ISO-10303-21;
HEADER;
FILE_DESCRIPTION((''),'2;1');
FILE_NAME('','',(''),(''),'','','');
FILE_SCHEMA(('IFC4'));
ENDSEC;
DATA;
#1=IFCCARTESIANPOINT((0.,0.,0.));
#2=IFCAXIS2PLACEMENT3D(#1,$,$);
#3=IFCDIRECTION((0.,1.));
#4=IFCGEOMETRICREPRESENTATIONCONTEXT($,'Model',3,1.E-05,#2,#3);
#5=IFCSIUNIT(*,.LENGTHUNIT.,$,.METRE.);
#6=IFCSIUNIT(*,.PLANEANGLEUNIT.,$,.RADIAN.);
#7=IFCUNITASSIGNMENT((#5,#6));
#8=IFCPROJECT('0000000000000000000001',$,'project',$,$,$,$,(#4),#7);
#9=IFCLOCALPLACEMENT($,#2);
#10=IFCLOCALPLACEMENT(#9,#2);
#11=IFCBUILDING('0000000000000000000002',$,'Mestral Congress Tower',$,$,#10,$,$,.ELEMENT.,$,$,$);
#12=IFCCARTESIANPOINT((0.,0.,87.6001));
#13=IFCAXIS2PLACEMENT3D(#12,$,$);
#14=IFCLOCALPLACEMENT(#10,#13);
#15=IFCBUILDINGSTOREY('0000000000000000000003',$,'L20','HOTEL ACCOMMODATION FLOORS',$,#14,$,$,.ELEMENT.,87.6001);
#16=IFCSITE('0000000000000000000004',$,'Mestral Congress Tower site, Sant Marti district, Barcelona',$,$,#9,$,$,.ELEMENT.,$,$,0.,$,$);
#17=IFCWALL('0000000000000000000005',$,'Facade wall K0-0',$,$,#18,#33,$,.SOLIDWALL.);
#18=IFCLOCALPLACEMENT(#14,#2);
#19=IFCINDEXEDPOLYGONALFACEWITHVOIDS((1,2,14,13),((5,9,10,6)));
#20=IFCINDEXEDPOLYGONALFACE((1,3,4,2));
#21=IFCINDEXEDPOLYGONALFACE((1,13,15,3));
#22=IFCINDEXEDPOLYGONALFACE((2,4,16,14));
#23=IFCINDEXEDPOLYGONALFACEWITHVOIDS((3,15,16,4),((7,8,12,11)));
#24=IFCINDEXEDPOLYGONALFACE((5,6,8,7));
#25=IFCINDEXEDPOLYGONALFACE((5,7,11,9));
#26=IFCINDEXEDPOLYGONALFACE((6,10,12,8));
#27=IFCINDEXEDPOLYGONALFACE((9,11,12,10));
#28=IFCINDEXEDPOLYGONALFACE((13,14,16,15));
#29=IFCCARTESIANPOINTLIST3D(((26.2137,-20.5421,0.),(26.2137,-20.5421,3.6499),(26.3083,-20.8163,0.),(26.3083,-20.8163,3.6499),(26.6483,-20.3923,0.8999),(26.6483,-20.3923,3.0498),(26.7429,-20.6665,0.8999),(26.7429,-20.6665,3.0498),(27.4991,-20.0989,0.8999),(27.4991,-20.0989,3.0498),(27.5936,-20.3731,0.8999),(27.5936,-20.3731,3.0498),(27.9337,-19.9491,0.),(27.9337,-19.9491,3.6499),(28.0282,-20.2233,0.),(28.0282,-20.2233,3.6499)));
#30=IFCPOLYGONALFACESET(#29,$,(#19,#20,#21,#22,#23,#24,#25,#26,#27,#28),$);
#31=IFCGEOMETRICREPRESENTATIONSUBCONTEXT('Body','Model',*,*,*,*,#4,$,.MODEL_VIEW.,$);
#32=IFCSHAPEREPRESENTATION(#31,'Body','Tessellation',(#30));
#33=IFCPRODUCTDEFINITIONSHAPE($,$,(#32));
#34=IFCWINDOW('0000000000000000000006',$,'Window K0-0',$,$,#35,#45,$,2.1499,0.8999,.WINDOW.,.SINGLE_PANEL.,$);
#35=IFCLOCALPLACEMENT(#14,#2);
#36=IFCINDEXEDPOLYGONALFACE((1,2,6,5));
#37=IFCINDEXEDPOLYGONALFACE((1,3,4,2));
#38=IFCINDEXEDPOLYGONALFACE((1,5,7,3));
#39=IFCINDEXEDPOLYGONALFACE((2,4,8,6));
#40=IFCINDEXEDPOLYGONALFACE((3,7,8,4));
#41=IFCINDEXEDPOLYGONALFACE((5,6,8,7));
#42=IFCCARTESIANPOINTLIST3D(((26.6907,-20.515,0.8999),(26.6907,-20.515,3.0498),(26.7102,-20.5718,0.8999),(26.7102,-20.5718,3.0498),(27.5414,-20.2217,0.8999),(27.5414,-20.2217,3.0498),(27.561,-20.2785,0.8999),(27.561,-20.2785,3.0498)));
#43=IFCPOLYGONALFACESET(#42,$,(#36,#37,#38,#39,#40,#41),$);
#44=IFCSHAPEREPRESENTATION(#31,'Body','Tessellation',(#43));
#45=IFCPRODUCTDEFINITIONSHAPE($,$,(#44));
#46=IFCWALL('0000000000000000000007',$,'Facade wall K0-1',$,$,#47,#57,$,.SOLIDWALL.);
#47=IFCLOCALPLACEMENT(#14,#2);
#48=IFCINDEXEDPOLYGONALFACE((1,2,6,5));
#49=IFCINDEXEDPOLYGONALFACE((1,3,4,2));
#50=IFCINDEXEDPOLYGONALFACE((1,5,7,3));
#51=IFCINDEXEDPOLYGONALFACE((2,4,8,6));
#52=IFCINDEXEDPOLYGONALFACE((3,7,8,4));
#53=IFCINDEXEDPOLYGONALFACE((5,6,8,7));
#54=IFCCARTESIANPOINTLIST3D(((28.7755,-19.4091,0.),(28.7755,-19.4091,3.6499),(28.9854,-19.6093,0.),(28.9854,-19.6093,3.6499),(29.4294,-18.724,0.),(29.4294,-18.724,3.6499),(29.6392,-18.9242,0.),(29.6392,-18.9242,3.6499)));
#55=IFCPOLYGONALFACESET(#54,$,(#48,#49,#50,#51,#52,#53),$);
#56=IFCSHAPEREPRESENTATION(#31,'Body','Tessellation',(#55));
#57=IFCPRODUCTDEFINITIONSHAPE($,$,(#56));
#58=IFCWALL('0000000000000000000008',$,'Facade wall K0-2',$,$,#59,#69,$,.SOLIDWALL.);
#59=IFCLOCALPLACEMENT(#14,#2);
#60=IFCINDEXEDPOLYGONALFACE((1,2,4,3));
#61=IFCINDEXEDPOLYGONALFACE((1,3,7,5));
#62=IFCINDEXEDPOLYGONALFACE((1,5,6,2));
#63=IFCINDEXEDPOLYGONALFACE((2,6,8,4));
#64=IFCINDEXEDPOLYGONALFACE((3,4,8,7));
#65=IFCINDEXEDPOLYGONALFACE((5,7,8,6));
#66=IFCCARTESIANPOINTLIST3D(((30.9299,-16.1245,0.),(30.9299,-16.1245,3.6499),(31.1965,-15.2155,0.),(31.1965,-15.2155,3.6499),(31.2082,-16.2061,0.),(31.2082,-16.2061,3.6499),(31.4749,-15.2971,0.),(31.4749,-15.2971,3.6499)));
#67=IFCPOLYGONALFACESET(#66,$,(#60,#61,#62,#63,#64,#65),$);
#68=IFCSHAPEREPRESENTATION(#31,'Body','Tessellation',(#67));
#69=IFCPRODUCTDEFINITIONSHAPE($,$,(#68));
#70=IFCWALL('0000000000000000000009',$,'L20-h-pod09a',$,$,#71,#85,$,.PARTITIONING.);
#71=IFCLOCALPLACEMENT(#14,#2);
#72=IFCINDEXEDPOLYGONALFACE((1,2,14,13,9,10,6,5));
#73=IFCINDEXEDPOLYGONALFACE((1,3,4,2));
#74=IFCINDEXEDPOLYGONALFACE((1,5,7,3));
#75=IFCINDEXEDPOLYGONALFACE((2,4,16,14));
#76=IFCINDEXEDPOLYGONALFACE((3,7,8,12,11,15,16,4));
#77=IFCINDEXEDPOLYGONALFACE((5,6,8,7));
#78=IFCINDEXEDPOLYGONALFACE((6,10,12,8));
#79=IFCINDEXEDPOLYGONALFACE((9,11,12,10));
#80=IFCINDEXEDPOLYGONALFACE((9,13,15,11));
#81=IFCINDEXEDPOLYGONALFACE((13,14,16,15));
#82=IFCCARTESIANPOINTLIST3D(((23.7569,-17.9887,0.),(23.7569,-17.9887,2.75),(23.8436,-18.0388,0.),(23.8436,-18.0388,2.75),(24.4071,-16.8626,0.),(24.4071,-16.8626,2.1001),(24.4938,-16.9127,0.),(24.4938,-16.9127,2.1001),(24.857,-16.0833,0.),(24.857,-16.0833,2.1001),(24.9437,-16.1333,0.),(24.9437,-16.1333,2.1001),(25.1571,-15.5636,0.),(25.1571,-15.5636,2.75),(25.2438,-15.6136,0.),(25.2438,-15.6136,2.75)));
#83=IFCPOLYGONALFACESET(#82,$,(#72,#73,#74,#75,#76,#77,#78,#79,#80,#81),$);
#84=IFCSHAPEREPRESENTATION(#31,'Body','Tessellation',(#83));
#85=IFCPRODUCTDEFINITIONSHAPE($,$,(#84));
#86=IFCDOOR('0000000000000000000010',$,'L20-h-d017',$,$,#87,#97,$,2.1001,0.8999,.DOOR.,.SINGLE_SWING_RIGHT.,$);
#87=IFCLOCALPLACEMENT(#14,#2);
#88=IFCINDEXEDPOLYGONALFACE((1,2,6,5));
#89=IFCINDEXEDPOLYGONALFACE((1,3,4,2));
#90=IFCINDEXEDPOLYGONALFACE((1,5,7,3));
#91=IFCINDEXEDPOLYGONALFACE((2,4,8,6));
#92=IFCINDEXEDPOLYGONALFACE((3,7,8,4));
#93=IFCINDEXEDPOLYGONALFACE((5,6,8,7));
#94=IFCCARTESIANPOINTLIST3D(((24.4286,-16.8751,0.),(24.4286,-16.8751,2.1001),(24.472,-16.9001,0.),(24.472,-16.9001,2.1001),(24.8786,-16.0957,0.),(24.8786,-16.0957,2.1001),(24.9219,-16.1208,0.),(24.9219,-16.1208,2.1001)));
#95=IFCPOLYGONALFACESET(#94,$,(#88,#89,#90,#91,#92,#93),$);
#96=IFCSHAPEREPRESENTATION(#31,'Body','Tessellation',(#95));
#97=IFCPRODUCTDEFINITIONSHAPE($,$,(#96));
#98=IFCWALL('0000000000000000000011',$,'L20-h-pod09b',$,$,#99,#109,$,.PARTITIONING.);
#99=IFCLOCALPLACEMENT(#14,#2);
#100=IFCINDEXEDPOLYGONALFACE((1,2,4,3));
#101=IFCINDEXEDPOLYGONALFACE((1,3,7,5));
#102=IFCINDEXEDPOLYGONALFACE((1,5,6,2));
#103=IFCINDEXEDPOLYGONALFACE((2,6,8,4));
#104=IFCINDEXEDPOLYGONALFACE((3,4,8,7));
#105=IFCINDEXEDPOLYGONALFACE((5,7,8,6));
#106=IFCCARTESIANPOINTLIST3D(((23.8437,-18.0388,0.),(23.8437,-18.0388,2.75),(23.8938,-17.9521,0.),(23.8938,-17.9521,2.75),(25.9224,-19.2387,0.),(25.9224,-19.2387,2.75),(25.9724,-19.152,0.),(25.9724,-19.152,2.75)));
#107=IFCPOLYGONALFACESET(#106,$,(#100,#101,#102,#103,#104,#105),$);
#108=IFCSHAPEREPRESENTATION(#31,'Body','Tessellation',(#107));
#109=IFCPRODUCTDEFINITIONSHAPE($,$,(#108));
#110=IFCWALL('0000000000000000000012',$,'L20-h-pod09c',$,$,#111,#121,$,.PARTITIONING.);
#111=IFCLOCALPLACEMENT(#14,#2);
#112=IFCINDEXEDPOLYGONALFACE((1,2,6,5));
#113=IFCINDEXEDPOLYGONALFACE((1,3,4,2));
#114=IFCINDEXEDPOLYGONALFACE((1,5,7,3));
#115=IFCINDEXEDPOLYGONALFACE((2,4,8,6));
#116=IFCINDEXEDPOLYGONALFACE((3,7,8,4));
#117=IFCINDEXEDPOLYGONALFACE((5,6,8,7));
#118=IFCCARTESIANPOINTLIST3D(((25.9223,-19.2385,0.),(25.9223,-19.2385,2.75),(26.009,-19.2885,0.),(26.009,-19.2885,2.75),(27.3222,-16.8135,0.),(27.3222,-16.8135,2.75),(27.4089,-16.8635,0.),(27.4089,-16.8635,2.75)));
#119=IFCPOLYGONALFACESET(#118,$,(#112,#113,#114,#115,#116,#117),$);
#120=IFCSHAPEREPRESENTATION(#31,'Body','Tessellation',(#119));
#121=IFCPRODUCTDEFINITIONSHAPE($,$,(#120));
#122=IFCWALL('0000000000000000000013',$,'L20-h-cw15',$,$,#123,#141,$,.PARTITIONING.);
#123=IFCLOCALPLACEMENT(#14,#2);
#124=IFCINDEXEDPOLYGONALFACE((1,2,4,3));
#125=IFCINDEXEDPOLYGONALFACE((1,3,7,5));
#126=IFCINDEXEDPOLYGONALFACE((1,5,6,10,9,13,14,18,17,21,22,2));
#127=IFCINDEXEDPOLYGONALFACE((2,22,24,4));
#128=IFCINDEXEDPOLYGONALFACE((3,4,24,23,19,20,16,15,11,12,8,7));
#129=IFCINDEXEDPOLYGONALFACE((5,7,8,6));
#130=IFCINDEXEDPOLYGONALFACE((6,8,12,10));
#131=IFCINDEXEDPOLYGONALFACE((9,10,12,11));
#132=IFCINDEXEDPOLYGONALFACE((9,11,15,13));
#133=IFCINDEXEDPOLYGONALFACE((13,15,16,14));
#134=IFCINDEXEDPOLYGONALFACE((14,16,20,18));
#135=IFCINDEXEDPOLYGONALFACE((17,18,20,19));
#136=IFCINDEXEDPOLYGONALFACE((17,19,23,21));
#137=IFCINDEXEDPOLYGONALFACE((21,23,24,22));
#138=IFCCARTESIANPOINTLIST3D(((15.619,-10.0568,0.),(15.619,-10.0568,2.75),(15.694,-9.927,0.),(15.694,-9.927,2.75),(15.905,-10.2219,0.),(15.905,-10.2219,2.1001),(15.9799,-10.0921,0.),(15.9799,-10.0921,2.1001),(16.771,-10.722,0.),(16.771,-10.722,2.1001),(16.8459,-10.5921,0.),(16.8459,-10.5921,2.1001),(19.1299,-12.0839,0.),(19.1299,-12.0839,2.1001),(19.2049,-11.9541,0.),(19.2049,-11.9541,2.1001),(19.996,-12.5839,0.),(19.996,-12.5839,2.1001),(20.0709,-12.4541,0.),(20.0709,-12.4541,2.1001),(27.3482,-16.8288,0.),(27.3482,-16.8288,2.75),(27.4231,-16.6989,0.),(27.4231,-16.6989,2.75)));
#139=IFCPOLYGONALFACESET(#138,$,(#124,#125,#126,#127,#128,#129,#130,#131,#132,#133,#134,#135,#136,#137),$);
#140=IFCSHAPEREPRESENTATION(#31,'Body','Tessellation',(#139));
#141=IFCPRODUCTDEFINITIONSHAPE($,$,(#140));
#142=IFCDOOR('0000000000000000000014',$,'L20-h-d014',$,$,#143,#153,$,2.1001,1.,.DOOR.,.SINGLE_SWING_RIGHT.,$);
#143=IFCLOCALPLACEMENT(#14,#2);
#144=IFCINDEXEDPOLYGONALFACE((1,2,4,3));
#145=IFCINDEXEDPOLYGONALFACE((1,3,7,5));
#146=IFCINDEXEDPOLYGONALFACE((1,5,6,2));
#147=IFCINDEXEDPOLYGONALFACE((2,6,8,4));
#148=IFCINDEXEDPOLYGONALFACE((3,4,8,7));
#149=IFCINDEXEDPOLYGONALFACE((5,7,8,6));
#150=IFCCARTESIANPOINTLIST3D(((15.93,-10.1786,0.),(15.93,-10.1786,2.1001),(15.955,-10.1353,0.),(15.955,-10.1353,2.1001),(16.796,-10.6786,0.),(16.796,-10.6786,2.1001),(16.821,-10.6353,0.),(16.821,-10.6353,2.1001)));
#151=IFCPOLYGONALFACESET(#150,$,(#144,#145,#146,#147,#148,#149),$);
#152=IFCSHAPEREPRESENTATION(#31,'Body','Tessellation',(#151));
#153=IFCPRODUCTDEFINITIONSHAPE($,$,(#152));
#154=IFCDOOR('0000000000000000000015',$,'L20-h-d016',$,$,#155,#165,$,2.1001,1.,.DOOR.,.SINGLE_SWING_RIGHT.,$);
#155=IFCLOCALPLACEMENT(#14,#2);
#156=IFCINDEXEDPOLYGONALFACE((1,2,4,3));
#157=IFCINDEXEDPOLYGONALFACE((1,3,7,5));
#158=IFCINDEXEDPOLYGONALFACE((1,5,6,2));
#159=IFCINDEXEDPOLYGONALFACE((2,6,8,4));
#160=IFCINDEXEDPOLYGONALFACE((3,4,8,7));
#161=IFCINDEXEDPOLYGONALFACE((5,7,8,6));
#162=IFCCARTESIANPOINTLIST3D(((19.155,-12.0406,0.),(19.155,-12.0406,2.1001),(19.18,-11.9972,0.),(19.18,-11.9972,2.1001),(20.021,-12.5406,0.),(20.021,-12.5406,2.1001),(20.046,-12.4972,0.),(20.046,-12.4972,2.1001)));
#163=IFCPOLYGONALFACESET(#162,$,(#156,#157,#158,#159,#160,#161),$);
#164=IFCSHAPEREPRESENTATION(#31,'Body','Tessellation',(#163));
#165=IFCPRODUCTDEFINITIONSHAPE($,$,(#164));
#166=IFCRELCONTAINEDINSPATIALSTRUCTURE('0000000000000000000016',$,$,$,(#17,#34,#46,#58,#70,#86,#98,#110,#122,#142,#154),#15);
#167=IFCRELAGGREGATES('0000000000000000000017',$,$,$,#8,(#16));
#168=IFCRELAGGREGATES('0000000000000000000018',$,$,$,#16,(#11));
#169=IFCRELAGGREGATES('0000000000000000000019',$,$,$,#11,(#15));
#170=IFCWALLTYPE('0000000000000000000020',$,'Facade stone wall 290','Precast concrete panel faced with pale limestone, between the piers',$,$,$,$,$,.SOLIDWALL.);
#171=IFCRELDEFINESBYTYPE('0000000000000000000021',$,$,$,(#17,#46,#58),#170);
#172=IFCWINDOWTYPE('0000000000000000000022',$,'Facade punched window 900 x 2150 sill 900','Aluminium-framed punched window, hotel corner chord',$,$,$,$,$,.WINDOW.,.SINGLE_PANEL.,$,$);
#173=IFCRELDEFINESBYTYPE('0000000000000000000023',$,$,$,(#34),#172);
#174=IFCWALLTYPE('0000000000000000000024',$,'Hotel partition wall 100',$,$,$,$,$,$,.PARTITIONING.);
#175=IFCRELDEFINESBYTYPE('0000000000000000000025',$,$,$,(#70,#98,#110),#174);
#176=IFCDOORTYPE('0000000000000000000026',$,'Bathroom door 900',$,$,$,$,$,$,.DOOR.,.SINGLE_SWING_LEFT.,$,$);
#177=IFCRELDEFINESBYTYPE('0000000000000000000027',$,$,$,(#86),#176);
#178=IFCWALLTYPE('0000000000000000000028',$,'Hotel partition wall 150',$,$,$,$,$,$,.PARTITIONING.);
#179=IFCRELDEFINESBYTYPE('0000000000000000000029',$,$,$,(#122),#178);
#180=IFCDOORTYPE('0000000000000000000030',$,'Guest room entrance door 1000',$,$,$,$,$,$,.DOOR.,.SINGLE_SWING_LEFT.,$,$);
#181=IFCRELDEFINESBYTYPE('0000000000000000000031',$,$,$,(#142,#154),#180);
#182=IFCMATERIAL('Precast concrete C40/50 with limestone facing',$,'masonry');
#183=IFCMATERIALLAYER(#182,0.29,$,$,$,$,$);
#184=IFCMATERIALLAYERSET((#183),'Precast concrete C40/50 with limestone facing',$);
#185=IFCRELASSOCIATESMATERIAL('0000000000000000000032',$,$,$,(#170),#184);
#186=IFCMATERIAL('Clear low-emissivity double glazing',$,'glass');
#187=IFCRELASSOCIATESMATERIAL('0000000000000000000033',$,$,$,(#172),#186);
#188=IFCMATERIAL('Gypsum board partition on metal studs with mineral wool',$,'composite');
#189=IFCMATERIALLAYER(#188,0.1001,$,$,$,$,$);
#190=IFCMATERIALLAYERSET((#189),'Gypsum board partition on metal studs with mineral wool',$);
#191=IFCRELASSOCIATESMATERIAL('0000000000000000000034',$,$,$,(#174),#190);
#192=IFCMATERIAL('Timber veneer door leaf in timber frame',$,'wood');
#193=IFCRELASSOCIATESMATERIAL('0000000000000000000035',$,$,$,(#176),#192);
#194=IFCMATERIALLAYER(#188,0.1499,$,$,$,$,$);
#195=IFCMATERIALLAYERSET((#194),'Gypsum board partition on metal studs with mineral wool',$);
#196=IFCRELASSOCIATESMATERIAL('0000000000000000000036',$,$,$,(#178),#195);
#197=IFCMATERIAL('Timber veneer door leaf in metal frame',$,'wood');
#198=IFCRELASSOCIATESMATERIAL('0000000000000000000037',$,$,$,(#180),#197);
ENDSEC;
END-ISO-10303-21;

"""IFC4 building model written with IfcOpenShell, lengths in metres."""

from ifc_helpers import new_model, si_unit, direction, frame, frame_2d, origin, place, context, subcontext, project, spatial, rectangle, extrude, material, layer, layer_set, type_object, element, fill, save


model = new_model("IFC4")

# Units and contexts
model_context = context("Model", 3, precision=1e-05, world=origin(), true_north=direction((0.0, 1.0)))
body_context = subcontext(model_context, "Body", "Model", "MODEL_VIEW")
ifc_project = project(units=[si_unit("LENGTHUNIT", "METRE"), si_unit("PLANEANGLEUNIT", "RADIAN")], contexts=[model_context])

# Site, building, storey
site_placement = place(None, origin())
site = spatial("IfcSite", under=ifc_project, at=site_placement, Name="Mestral Congress Tower site, Sant Marti district, Barcelona", CompositionType="ELEMENT", RefElevation=0.0)
building_placement = place(site_placement, origin())
building = spatial("IfcBuilding", under=site, at=building_placement, Name="Mestral Congress Tower", CompositionType="ELEMENT")
storey_placement = place(building_placement, frame((0.0, 0.0, 87.6001)))
storey = spatial("IfcBuildingStorey", under=building, at=storey_placement, Name="L20", Description="HOTEL ACCOMMODATION FLOORS", CompositionType="ELEMENT", Elevation=87.6001)

# Shared definitions
ifc_material_1 = material(Name="Precast concrete C40/50 with limestone facing", Category="masonry")
ifc_layer_1 = layer(ifc_material_1, 0.29)
ifc_layer_set_1 = layer_set([ifc_layer_1], Name="Precast concrete C40/50 with limestone facing")
wall_type_1 = type_object("IfcWallType", Name="Facade stone wall 290", Description="Precast concrete panel faced with pale limestone, between the piers", PredefinedType="SOLIDWALL", material=ifc_layer_set_1)
ifc_material_2 = material(Name="Clear low-emissivity double glazing", Category="glass")

# Wall, opening, window
wall_1_placement = place(storey_placement, frame((26.261, -20.6792, 0.0), z_axis=(0.0, 0.0, 1.0), x_axis=(0.945386, 0.325953, 0.0)))
wall_1 = element("IfcWall", 1, at=wall_1_placement, inside=storey, type_object=wall_type_1, Name="Facade wall K0-0", PredefinedType="SOLIDWALL", context=body_context, shape_type="SweptSolid", body=[
    extrude(rectangle(XDim=1.8193, YDim=0.29, at=frame_2d((0.9097, 0.0))), origin(), (0.0, 0.0, 1.0), 3.6499),
])
opening_1_placement = place(wall_1_placement, frame((0.4597, 0.0, 0.8999)))
opening_1 = element("IfcOpeningElement", 2, at=opening_1_placement, cuts=wall_1, PredefinedType="OPENING", context=body_context, shape_type="SweptSolid", body=[
    extrude(rectangle(XDim=0.8999, YDim=2.1499, at=frame_2d((0.45, 1.075))), frame((0.0, 0.155, 0.0), z_axis=(0.0, -1.0, 0.0), x_axis=(1.0, 0.0, 0.0)), (0.0, 0.0, 1.0), 0.3101),
])
window_type_1 = type_object("IfcWindowType", Name="Facade punched window 900 x 2150 sill 900", Description="Aluminium-framed punched window, hotel corner chord", PartitioningType="SINGLE_PANEL", PredefinedType="WINDOW", material=ifc_material_2)
window_1_placement = place(opening_1_placement, origin())
window_1 = element("IfcWindow", 3, at=window_1_placement, inside=storey, type_object=window_type_1, Name="Window K0-0", OverallHeight=2.1499, OverallWidth=0.8999, PartitioningType="SINGLE_PANEL", PredefinedType="WINDOW", context=body_context, shape_type="SweptSolid", body=[
    extrude(rectangle(XDim=0.8999, YDim=2.1499, at=frame_2d((0.45, 1.075))), frame((0.0, 0.0151, 0.0), z_axis=(0.0, -1.0, 0.0), x_axis=(1.0, 0.0, 0.0)), (0.0, 0.0, 1.0), 0.0601),
])
fill(opening_1, window_1)

# Walls
wall_2_placement = place(storey_placement, frame((28.8804, -19.5093, 0.0), z_axis=(0.0, 0.0, 1.0), x_axis=(0.690414, 0.723414, 0.0)))
element("IfcWall", 4, at=wall_2_placement, inside=storey, type_object=wall_type_1, Name="Facade wall K0-1", PredefinedType="SOLIDWALL", context=body_context, shape_type="SweptSolid", body=[
    extrude(rectangle(XDim=0.947, YDim=0.29, at=frame_2d((0.4736, 0.0))), origin(), (0.0, 0.0, 1.0), 3.6499),
])
wall_3_placement = place(storey_placement, frame((31.0691, -16.1653, 0.0), z_axis=(0.0, 0.0, 1.0), x_axis=(0.281455, 0.959575, 0.0)))
element("IfcWall", 5, at=wall_3_placement, inside=storey, type_object=wall_type_1, Name="Facade wall K0-2", PredefinedType="SOLIDWALL", context=body_context, shape_type="SweptSolid", body=[
    extrude(rectangle(XDim=0.9473, YDim=0.29, at=frame_2d((0.4736, 0.0))), origin(), (0.0, 0.0, 1.0), 3.6499),
])

# Wall, opening, door
ifc_material_3 = material(Name="Gypsum board partition on metal studs with mineral wool", Category="composite")
ifc_layer_2 = layer(ifc_material_3, 0.1001)
ifc_layer_set_2 = layer_set([ifc_layer_2], Name="Gypsum board partition on metal studs with mineral wool")
wall_type_2 = type_object("IfcWallType", Name="Hotel partition wall 100", PredefinedType="PARTITIONING", material=ifc_layer_set_2)
wall_4_placement = place(storey_placement, frame((25.2004, -15.5886, 0.0), z_axis=(0.0, 0.0, 1.0), x_axis=(-0.500012, -0.866019, 0.0)))
wall_4 = element("IfcWall", 6, at=wall_4_placement, inside=storey, type_object=wall_type_2, Name="L20-h-pod09a", PredefinedType="PARTITIONING", context=body_context, shape_type="SweptSolid", body=[
    extrude(rectangle(XDim=2.8003, YDim=0.1001, at=frame_2d((1.4001, 0.0))), origin(), (0.0, 0.0, 1.0), 2.75),
])
opening_2_placement = place(wall_4_placement, frame((0.6001, 0.0, 0.0)))
opening_2 = element("IfcOpeningElement", 7, at=opening_2_placement, cuts=wall_4, PredefinedType="OPENING", context=body_context, shape_type="SweptSolid", body=[
    extrude(rectangle(XDim=0.8999, YDim=2.1001, at=frame_2d((0.45, 1.05))), frame((0.0, 0.0601, 0.0), z_axis=(0.0, -1.0, 0.0), x_axis=(1.0, 0.0, 0.0)), (0.0, 0.0, 1.0), 0.1201),
])
ifc_material_4 = material(Name="Timber veneer door leaf in timber frame", Category="wood")
door_type_1 = type_object("IfcDoorType", Name="Bathroom door 900", OperationType="SINGLE_SWING_LEFT", PredefinedType="DOOR", material=ifc_material_4)
door_1_placement = place(opening_2_placement, origin())
door_1 = element("IfcDoor", 8, at=door_1_placement, inside=storey, type_object=door_type_1, Name="L20-h-d017", OperationType="SINGLE_SWING_RIGHT", OverallHeight=2.1001, OverallWidth=0.8999, PredefinedType="DOOR", context=body_context, shape_type="SweptSolid", body=[
    extrude(rectangle(XDim=0.8999, YDim=2.1001, at=frame_2d((0.45, 1.05))), frame((0.0, 0.0249, 0.0), z_axis=(0.0, -1.0, 0.0), x_axis=(1.0, 0.0, 0.0)), (0.0, 0.0, 1.0), 0.05),
])
fill(opening_2, door_1)

# Walls
wall_5_placement = place(storey_placement, frame((23.8687, -17.9954, 0.0), z_axis=(0.0, 0.0, 1.0), x_axis=(0.86605, -0.499957, 0.0)))
element("IfcWall", 9, at=wall_5_placement, inside=storey, type_object=wall_type_2, Name="L20-h-pod09b", PredefinedType="PARTITIONING", context=body_context, shape_type="SweptSolid", body=[
    extrude(rectangle(XDim=2.4001, YDim=0.1001, at=frame_2d((1.2002, 0.0))), origin(), (0.0, 0.0, 1.0), 2.75),
])
wall_6_placement = place(storey_placement, frame((27.3655, -16.8386, 0.0), z_axis=(0.0, 0.0, 1.0), x_axis=(-0.499946, -0.866056, 0.0)))
element("IfcWall", 10, at=wall_6_placement, inside=storey, type_object=wall_type_2, Name="L20-h-pod09c", PredefinedType="PARTITIONING", context=body_context, shape_type="SweptSolid", body=[
    extrude(rectangle(XDim=2.8, YDim=0.1001, at=frame_2d((1.3999, 0.0))), origin(), (0.0, 0.0, 1.0), 2.75),
])

# Wall, openings, doors
ifc_layer_3 = layer(ifc_material_3, 0.1499)
ifc_layer_set_3 = layer_set([ifc_layer_3], Name="Gypsum board partition on metal studs with mineral wool")
wall_type_3 = type_object("IfcWallType", Name="Hotel partition wall 150", PredefinedType="PARTITIONING", material=ifc_layer_set_3)
wall_7_placement = place(storey_placement, frame((27.3857, -16.7639, 0.0), z_axis=(0.0, 0.0, 1.0), x_axis=(-0.866023, 0.500005, 0.0)))
wall_7 = element("IfcWall", 11, at=wall_7_placement, inside=storey, type_object=wall_type_3, Name="L20-h-cw15", PredefinedType="PARTITIONING", context=body_context, shape_type="SweptSolid", body=[
    extrude(rectangle(XDim=13.5437, YDim=0.1499, at=frame_2d((6.772, 0.0))), origin(), (0.0, 0.0, 1.0), 2.75),
])
opening_3_placement = place(wall_7_placement, frame((12.2136, 0.0, 0.0)))
opening_3 = element("IfcOpeningElement", 12, at=opening_3_placement, cuts=wall_7, PredefinedType="OPENING", context=body_context, shape_type="SweptSolid", body=[
    extrude(rectangle(XDim=1.0, YDim=2.1001, at=frame_2d((0.5, 1.05))), frame((0.0, 0.085, 0.0), z_axis=(0.0, -1.0, 0.0), x_axis=(1.0, 0.0, 0.0)), (0.0, 0.0, 1.0), 0.1699),
])
opening_4_placement = place(wall_7_placement, frame((8.4897, 0.0, 0.0)))
opening_4 = element("IfcOpeningElement", 13, at=opening_4_placement, cuts=wall_7, PredefinedType="OPENING", context=body_context, shape_type="SweptSolid", body=[
    extrude(rectangle(XDim=1.0, YDim=2.1001, at=frame_2d((0.5, 1.05))), frame((0.0, 0.085, 0.0), z_axis=(0.0, -1.0, 0.0), x_axis=(1.0, 0.0, 0.0)), (0.0, 0.0, 1.0), 0.1699),
])
ifc_material_5 = material(Name="Timber veneer door leaf in metal frame", Category="wood")
door_type_2 = type_object("IfcDoorType", Name="Guest room entrance door 1000", OperationType="SINGLE_SWING_LEFT", PredefinedType="DOOR", material=ifc_material_5)
door_2_placement = place(opening_3_placement, origin())
door_2 = element("IfcDoor", 14, at=door_2_placement, inside=storey, type_object=door_type_2, Name="L20-h-d014", OperationType="SINGLE_SWING_RIGHT", OverallHeight=2.1001, OverallWidth=1.0, PredefinedType="DOOR", context=body_context, shape_type="SweptSolid", body=[
    extrude(rectangle(XDim=1.0, YDim=2.1001, at=frame_2d((0.5, 1.05))), frame((0.0, 0.0249, 0.0), z_axis=(0.0, -1.0, 0.0), x_axis=(1.0, 0.0, 0.0)), (0.0, 0.0, 1.0), 0.05),
])
fill(opening_3, door_2)
door_3_placement = place(opening_4_placement, origin())
door_3 = element("IfcDoor", 15, at=door_3_placement, inside=storey, type_object=door_type_2, Name="L20-h-d016", OperationType="SINGLE_SWING_RIGHT", OverallHeight=2.1001, OverallWidth=1.0, PredefinedType="DOOR", context=body_context, shape_type="SweptSolid", body=[
    extrude(rectangle(XDim=1.0, YDim=2.1001, at=frame_2d((0.5, 1.05))), frame((0.0, 0.0249, 0.0), z_axis=(0.0, -1.0, 0.0), x_axis=(1.0, 0.0, 0.0)), (0.0, 0.0, 1.0), 0.05),
])
fill(opening_4, door_3)

save(model, "model.ifc")
